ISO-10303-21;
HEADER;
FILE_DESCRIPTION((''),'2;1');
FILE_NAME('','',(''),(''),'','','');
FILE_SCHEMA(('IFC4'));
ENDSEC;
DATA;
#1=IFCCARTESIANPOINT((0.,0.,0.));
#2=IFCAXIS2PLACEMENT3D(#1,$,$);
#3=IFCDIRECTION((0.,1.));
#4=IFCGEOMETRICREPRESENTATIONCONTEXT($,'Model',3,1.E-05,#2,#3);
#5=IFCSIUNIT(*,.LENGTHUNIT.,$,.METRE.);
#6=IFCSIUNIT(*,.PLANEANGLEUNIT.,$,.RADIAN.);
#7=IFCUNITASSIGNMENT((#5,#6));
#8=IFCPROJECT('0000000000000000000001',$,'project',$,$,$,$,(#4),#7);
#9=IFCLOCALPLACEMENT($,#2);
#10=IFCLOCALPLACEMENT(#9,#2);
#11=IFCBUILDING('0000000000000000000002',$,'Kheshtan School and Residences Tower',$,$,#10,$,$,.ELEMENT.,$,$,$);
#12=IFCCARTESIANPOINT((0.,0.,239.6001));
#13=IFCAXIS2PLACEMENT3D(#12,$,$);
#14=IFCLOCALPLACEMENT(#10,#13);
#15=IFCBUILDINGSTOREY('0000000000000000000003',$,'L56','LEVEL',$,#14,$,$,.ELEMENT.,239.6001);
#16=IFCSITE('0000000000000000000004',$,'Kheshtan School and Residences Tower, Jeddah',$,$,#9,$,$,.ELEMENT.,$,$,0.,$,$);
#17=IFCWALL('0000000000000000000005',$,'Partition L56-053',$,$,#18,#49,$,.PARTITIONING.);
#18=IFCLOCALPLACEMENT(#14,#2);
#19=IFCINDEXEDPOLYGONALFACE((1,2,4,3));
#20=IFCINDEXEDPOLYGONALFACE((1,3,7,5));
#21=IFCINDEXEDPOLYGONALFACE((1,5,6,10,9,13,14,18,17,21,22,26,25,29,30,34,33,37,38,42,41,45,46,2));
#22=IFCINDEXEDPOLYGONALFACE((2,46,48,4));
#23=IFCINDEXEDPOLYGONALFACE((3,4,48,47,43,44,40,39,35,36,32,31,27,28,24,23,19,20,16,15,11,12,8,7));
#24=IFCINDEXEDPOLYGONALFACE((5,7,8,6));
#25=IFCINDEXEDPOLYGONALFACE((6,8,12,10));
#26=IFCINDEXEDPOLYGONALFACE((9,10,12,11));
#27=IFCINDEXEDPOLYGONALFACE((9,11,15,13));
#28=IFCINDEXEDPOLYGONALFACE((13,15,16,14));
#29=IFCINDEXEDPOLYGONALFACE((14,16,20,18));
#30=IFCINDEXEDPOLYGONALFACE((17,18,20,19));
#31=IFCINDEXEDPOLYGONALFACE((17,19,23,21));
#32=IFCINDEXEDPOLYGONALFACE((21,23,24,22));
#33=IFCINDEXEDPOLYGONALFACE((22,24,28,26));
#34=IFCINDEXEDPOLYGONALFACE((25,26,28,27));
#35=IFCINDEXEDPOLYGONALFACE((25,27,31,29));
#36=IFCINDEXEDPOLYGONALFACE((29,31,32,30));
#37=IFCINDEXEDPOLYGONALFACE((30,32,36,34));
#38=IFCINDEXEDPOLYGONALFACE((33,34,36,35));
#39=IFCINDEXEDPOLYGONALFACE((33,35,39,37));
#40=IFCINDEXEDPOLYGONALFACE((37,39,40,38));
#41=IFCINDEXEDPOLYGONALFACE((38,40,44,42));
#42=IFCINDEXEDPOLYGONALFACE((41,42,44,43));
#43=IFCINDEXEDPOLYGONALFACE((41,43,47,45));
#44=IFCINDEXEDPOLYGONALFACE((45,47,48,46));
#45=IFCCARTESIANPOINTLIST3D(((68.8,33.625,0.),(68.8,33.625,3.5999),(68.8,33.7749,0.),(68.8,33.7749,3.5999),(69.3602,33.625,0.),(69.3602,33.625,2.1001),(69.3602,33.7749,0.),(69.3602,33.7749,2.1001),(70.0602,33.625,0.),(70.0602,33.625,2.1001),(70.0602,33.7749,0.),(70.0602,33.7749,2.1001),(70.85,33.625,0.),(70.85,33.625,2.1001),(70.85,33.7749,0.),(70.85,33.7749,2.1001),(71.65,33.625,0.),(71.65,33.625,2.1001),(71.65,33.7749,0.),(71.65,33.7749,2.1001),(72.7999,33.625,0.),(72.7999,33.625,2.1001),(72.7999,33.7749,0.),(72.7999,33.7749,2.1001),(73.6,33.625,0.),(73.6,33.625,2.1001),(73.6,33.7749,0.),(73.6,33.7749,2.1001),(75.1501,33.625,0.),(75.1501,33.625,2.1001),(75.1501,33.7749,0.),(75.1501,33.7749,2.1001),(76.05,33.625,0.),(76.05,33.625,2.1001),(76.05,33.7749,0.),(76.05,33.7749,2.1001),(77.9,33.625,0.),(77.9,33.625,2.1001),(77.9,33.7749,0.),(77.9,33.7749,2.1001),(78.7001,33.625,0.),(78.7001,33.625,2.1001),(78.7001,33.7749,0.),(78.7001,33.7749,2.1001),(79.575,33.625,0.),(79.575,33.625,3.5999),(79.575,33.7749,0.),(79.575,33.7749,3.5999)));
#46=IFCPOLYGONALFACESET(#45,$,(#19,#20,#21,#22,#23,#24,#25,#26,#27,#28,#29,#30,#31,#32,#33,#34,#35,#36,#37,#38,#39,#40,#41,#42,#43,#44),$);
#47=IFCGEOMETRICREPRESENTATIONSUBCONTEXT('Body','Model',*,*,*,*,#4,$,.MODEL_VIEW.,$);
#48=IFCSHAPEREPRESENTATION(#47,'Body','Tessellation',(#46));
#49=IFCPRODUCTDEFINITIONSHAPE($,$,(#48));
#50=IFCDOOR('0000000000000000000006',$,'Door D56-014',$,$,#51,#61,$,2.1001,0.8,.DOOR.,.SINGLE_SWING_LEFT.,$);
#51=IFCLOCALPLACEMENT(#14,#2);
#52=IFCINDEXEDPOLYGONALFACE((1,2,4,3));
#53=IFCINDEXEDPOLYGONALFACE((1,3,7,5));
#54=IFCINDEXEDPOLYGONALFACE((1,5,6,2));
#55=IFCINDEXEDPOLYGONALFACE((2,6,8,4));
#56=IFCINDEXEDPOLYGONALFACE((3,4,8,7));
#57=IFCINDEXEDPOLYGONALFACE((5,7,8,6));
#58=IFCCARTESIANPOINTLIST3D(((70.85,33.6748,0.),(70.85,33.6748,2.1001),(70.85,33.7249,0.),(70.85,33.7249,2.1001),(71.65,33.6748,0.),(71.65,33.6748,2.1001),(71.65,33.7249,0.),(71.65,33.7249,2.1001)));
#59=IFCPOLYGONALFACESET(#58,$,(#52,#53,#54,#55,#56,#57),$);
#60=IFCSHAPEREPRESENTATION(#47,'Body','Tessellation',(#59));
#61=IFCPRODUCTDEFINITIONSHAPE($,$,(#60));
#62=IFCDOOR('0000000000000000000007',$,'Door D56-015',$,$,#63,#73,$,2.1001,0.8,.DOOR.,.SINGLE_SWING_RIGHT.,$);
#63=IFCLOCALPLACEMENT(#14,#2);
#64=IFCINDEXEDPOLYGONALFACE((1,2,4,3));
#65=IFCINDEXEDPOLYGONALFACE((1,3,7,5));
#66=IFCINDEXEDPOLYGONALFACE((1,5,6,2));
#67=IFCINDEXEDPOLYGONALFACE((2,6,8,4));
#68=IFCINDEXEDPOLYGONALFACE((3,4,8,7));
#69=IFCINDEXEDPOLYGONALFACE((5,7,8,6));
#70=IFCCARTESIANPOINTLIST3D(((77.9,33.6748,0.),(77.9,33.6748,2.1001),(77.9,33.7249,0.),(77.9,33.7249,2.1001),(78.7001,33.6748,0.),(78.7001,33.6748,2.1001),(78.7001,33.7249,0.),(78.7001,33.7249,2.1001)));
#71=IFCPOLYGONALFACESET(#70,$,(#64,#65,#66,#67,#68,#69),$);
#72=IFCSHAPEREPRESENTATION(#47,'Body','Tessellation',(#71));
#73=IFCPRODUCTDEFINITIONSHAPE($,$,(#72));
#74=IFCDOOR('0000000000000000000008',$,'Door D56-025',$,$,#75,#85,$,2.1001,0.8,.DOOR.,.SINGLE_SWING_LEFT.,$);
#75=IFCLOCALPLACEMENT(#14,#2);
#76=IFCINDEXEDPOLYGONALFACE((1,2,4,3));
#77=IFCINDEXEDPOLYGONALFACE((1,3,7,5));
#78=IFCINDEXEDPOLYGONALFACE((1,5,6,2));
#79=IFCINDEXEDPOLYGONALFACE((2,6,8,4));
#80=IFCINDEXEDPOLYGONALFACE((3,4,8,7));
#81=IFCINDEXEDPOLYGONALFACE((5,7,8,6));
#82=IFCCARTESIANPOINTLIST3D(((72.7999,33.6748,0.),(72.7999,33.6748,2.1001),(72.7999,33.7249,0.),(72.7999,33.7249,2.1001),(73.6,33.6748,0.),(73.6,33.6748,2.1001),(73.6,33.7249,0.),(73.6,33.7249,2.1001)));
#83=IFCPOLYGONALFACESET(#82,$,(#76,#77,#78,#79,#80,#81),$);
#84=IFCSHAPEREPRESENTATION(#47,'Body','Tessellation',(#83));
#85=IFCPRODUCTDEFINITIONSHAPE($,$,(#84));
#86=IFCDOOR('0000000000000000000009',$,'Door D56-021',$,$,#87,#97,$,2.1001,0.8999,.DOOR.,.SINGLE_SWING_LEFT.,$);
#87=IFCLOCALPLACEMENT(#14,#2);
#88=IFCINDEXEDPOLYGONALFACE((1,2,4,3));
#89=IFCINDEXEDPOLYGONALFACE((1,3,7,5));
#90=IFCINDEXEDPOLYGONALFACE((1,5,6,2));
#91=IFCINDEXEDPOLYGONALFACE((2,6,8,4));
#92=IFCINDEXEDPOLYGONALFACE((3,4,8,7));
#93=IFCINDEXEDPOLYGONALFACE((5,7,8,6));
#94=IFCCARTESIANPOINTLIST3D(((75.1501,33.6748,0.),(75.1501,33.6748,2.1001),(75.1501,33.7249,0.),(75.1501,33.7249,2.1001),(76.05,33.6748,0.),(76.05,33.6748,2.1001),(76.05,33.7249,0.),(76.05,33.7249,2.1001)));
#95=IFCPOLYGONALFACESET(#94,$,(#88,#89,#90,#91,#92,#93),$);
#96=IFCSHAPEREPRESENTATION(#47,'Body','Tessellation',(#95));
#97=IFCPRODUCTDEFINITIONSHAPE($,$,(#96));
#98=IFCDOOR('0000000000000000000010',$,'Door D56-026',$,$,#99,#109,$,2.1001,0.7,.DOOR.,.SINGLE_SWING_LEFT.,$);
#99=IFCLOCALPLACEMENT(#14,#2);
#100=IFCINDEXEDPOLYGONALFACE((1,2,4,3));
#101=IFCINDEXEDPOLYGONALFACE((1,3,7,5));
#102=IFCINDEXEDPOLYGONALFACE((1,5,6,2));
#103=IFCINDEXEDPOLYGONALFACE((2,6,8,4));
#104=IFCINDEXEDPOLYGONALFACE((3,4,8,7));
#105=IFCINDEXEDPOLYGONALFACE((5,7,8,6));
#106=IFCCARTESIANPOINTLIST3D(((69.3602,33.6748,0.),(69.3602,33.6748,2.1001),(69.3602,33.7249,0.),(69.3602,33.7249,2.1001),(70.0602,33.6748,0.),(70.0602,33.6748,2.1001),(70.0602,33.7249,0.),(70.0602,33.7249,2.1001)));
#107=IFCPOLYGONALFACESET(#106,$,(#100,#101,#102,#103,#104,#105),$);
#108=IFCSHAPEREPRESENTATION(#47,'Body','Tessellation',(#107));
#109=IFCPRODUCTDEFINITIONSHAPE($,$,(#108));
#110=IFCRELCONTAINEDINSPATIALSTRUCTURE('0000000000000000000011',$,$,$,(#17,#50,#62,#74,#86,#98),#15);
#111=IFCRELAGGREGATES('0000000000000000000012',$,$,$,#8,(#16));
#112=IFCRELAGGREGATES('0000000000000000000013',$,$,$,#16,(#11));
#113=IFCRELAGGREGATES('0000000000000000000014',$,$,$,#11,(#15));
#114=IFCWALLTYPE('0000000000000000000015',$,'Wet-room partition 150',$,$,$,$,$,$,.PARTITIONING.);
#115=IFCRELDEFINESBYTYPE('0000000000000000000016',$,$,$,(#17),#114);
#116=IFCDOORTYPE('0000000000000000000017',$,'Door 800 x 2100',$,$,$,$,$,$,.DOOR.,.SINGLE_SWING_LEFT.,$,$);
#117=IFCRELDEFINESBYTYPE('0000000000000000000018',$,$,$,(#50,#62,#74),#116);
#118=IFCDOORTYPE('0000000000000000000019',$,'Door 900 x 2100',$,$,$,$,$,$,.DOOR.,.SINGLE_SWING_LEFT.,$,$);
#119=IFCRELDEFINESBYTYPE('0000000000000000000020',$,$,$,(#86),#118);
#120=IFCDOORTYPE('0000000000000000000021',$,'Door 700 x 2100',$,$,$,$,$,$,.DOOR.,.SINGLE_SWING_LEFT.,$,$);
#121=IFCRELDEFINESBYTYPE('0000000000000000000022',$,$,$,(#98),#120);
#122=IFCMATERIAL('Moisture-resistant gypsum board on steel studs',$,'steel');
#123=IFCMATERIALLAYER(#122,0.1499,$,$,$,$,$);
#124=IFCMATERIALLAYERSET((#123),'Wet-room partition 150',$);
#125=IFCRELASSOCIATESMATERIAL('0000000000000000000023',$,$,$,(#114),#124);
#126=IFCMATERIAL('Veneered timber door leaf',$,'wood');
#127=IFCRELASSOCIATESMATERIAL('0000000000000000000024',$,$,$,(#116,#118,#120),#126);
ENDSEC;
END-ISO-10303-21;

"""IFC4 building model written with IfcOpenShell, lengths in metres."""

from ifc_helpers import new_model, si_unit, direction, frame, frame_2d, origin, place, context, subcontext, project, spatial, rectangle, extrude, source, transform, mapped, material, layer, layer_set, type_object, element, fill, save


model = new_model("IFC4")

# Units and contexts
model_context = context("Model", 3, precision=1e-05, world=origin(), true_north=direction((0.0, 1.0)))
body_context = subcontext(model_context, "Body", "Model", "MODEL_VIEW")
ifc_project = project(units=[si_unit("LENGTHUNIT", "METRE"), si_unit("PLANEANGLEUNIT", "RADIAN")], contexts=[model_context])

# Site, building, storey
site_placement = place(None, origin())
site = spatial("IfcSite", under=ifc_project, at=site_placement, Name="Kheshtan School and Residences Tower, Jeddah", CompositionType="ELEMENT", RefElevation=0.0)
building_placement = place(site_placement, origin())
building = spatial("IfcBuilding", under=site, at=building_placement, Name="Kheshtan School and Residences Tower", CompositionType="ELEMENT")
storey_placement = place(building_placement, frame((0.0, 0.0, 239.6001)))
storey = spatial("IfcBuildingStorey", under=building, at=storey_placement, Name="L56", Description="LEVEL", CompositionType="ELEMENT", Elevation=239.6001)

# Shared definitions
ifc_material_1 = material(Name="Moisture-resistant gypsum board on steel studs", Category="steel")
ifc_layer_1 = layer(ifc_material_1, 0.1499)
ifc_layer_set_1 = layer_set([ifc_layer_1], Name="Wet-room partition 150")
wall_type_1 = type_object("IfcWallType", Name="Wet-room partition 150", PredefinedType="PARTITIONING", material=ifc_layer_set_1)
ifc_material_2 = material(Name="Veneered timber door leaf", Category="wood")
door_type_1 = type_object("IfcDoorType", Name="Door 800 x 2100", OperationType="SINGLE_SWING_LEFT", PredefinedType="DOOR", material=ifc_material_2)
shared_shape_1 = source(origin(), body_context, "Body", "SweptSolid", [
    extrude(rectangle(XDim=0.8, YDim=2.1001, at=frame_2d((0.3999, 1.05))), frame((0.0, 0.0249, 0.0), z_axis=(0.0, -1.0, 0.0), x_axis=(1.0, 0.0, 0.0)), (0.0, 0.0, 1.0), 0.05),
])

# Wall, openings, doors
wall_1_placement = place(storey_placement, frame((68.8, 33.7, 0.0), z_axis=(0.0, 0.0, 1.0), x_axis=(1.0, 0.0, 0.0)))
wall_1 = element("IfcWall", 1, at=wall_1_placement, inside=storey, type_object=wall_type_1, Name="Partition L56-053", PredefinedType="PARTITIONING", context=body_context, shape_type="SweptSolid", body=[
    extrude(rectangle(XDim=10.7749, YDim=0.1499, at=frame_2d((5.3875, 0.0))), origin(), (0.0, 0.0, 1.0), 3.5999),
])
opening_1_placement = place(wall_1_placement, frame((2.05, 0.0, 0.0)))
opening_1 = element("IfcOpeningElement", 2, at=opening_1_placement, cuts=wall_1, PredefinedType="OPENING", context=body_context, shape_type="SweptSolid", body=[
    extrude(rectangle(XDim=0.8, YDim=2.1001, at=frame_2d((0.3999, 1.05))), frame((0.0, 0.085, 0.0), z_axis=(0.0, -1.0, 0.0), x_axis=(1.0, 0.0, 0.0)), (0.0, 0.0, 1.0), 0.1699),
])
opening_2_placement = place(wall_1_placement, frame((9.1001, 0.0, 0.0)))
opening_2 = element("IfcOpeningElement", 3, at=opening_2_placement, cuts=wall_1, PredefinedType="OPENING", context=body_context, shape_type="SweptSolid", body=[
    extrude(rectangle(XDim=0.8, YDim=2.1001, at=frame_2d((0.3999, 1.05))), frame((0.0, 0.085, 0.0), z_axis=(0.0, -1.0, 0.0), x_axis=(1.0, 0.0, 0.0)), (0.0, 0.0, 1.0), 0.1699),
])
opening_3_placement = place(wall_1_placement, frame((6.3501, 0.0, 0.0)))
opening_3 = element("IfcOpeningElement", 4, at=opening_3_placement, cuts=wall_1, PredefinedType="OPENING", context=body_context, shape_type="SweptSolid", body=[
    extrude(rectangle(XDim=0.8999, YDim=2.1001, at=frame_2d((0.45, 1.05))), frame((0.0, 0.085, 0.0), z_axis=(0.0, -1.0, 0.0), x_axis=(1.0, 0.0, 0.0)), (0.0, 0.0, 1.0), 0.1699),
])
opening_4_placement = place(wall_1_placement, frame((4.0, 0.0, 0.0)))
opening_4 = element("IfcOpeningElement", 5, at=opening_4_placement, cuts=wall_1, PredefinedType="OPENING", context=body_context, shape_type="SweptSolid", body=[
    extrude(rectangle(XDim=0.8, YDim=2.1001, at=frame_2d((0.3999, 1.05))), frame((0.0, 0.085, 0.0), z_axis=(0.0, -1.0, 0.0), x_axis=(1.0, 0.0, 0.0)), (0.0, 0.0, 1.0), 0.1699),
])
opening_5_placement = place(wall_1_placement, frame((0.5601, 0.0, 0.0)))
opening_5 = element("IfcOpeningElement", 6, at=opening_5_placement, cuts=wall_1, PredefinedType="OPENING", context=body_context, shape_type="SweptSolid", body=[
    extrude(rectangle(XDim=0.7, YDim=2.1001, at=frame_2d((0.3501, 1.05))), frame((0.0, 0.085, 0.0), z_axis=(0.0, -1.0, 0.0), x_axis=(1.0, 0.0, 0.0)), (0.0, 0.0, 1.0), 0.1699),
])
door_1_placement = place(opening_1_placement, origin())
door_1 = element("IfcDoor", 7, at=door_1_placement, inside=storey, type_object=door_type_1, Name="Door D56-014", OperationType="SINGLE_SWING_LEFT", OverallHeight=2.1001, OverallWidth=0.8, PredefinedType="DOOR", context=body_context, shape_type="MappedRepresentation", body=[
    mapped(shared_shape_1, transform((0.0, 0.0, 0.0), x_axis=(1.0, 0.0, 0.0), y_axis=(0.0, 1.0, 0.0), z_axis=(0.0, 0.0, 1.0), scale=1.0)),
])
fill(opening_1, door_1)
door_2_placement = place(opening_2_placement, origin())
door_2 = element("IfcDoor", 8, at=door_2_placement, inside=storey, type_object=door_type_1, Name="Door D56-015", OperationType="SINGLE_SWING_RIGHT", OverallHeight=2.1001, OverallWidth=0.8, PredefinedType="DOOR", context=body_context, shape_type="MappedRepresentation", body=[
    mapped(shared_shape_1, transform((0.0, 0.0, 0.0), x_axis=(1.0, 0.0, 0.0), y_axis=(0.0, 1.0, 0.0), z_axis=(0.0, 0.0, 1.0), scale=1.0)),
])
fill(opening_2, door_2)
door_3_placement = place(opening_4_placement, origin())
door_3 = element("IfcDoor", 9, at=door_3_placement, inside=storey, type_object=door_type_1, Name="Door D56-025", OperationType="SINGLE_SWING_LEFT", OverallHeight=2.1001, OverallWidth=0.8, PredefinedType="DOOR", context=body_context, shape_type="MappedRepresentation", body=[
    mapped(shared_shape_1, transform((0.0, 0.0, 0.0), x_axis=(1.0, 0.0, 0.0), y_axis=(0.0, 1.0, 0.0), z_axis=(0.0, 0.0, 1.0), scale=1.0)),
])
fill(opening_4, door_3)
door_type_2 = type_object("IfcDoorType", Name="Door 900 x 2100", OperationType="SINGLE_SWING_LEFT", PredefinedType="DOOR", material=ifc_material_2)
shared_shape_2 = source(origin(), body_context, "Body", "SweptSolid", [
    extrude(rectangle(XDim=0.8999, YDim=2.1001, at=frame_2d((0.45, 1.05))), frame((0.0, 0.0249, 0.0), z_axis=(0.0, -1.0, 0.0), x_axis=(1.0, 0.0, 0.0)), (0.0, 0.0, 1.0), 0.05),
])
door_4_placement = place(opening_3_placement, origin())
door_4 = element("IfcDoor", 10, at=door_4_placement, inside=storey, type_object=door_type_2, Name="Door D56-021", OperationType="SINGLE_SWING_LEFT", OverallHeight=2.1001, OverallWidth=0.8999, PredefinedType="DOOR", context=body_context, shape_type="MappedRepresentation", body=[
    mapped(shared_shape_2, transform((0.0, 0.0, 0.0), x_axis=(1.0, 0.0, 0.0), y_axis=(0.0, 1.0, 0.0), z_axis=(0.0, 0.0, 1.0), scale=1.0)),
])
fill(opening_3, door_4)
door_type_3 = type_object("IfcDoorType", Name="Door 700 x 2100", OperationType="SINGLE_SWING_LEFT", PredefinedType="DOOR", material=ifc_material_2)
shared_shape_3 = source(origin(), body_context, "Body", "SweptSolid", [
    extrude(rectangle(XDim=0.7, YDim=2.1001, at=frame_2d((0.3501, 1.05))), frame((0.0, 0.0249, 0.0), z_axis=(0.0, -1.0, 0.0), x_axis=(1.0, 0.0, 0.0)), (0.0, 0.0, 1.0), 0.05),
])
door_5_placement = place(opening_5_placement, origin())
door_5 = element("IfcDoor", 11, at=door_5_placement, inside=storey, type_object=door_type_3, Name="Door D56-026", OperationType="SINGLE_SWING_LEFT", OverallHeight=2.1001, OverallWidth=0.7, PredefinedType="DOOR", context=body_context, shape_type="MappedRepresentation", body=[
    mapped(shared_shape_3, transform((0.0, 0.0, 0.0), x_axis=(1.0, 0.0, 0.0), y_axis=(0.0, 1.0, 0.0), z_axis=(0.0, 0.0, 1.0), scale=1.0)),
])
fill(opening_5, door_5)

save(model, "model.ifc")
